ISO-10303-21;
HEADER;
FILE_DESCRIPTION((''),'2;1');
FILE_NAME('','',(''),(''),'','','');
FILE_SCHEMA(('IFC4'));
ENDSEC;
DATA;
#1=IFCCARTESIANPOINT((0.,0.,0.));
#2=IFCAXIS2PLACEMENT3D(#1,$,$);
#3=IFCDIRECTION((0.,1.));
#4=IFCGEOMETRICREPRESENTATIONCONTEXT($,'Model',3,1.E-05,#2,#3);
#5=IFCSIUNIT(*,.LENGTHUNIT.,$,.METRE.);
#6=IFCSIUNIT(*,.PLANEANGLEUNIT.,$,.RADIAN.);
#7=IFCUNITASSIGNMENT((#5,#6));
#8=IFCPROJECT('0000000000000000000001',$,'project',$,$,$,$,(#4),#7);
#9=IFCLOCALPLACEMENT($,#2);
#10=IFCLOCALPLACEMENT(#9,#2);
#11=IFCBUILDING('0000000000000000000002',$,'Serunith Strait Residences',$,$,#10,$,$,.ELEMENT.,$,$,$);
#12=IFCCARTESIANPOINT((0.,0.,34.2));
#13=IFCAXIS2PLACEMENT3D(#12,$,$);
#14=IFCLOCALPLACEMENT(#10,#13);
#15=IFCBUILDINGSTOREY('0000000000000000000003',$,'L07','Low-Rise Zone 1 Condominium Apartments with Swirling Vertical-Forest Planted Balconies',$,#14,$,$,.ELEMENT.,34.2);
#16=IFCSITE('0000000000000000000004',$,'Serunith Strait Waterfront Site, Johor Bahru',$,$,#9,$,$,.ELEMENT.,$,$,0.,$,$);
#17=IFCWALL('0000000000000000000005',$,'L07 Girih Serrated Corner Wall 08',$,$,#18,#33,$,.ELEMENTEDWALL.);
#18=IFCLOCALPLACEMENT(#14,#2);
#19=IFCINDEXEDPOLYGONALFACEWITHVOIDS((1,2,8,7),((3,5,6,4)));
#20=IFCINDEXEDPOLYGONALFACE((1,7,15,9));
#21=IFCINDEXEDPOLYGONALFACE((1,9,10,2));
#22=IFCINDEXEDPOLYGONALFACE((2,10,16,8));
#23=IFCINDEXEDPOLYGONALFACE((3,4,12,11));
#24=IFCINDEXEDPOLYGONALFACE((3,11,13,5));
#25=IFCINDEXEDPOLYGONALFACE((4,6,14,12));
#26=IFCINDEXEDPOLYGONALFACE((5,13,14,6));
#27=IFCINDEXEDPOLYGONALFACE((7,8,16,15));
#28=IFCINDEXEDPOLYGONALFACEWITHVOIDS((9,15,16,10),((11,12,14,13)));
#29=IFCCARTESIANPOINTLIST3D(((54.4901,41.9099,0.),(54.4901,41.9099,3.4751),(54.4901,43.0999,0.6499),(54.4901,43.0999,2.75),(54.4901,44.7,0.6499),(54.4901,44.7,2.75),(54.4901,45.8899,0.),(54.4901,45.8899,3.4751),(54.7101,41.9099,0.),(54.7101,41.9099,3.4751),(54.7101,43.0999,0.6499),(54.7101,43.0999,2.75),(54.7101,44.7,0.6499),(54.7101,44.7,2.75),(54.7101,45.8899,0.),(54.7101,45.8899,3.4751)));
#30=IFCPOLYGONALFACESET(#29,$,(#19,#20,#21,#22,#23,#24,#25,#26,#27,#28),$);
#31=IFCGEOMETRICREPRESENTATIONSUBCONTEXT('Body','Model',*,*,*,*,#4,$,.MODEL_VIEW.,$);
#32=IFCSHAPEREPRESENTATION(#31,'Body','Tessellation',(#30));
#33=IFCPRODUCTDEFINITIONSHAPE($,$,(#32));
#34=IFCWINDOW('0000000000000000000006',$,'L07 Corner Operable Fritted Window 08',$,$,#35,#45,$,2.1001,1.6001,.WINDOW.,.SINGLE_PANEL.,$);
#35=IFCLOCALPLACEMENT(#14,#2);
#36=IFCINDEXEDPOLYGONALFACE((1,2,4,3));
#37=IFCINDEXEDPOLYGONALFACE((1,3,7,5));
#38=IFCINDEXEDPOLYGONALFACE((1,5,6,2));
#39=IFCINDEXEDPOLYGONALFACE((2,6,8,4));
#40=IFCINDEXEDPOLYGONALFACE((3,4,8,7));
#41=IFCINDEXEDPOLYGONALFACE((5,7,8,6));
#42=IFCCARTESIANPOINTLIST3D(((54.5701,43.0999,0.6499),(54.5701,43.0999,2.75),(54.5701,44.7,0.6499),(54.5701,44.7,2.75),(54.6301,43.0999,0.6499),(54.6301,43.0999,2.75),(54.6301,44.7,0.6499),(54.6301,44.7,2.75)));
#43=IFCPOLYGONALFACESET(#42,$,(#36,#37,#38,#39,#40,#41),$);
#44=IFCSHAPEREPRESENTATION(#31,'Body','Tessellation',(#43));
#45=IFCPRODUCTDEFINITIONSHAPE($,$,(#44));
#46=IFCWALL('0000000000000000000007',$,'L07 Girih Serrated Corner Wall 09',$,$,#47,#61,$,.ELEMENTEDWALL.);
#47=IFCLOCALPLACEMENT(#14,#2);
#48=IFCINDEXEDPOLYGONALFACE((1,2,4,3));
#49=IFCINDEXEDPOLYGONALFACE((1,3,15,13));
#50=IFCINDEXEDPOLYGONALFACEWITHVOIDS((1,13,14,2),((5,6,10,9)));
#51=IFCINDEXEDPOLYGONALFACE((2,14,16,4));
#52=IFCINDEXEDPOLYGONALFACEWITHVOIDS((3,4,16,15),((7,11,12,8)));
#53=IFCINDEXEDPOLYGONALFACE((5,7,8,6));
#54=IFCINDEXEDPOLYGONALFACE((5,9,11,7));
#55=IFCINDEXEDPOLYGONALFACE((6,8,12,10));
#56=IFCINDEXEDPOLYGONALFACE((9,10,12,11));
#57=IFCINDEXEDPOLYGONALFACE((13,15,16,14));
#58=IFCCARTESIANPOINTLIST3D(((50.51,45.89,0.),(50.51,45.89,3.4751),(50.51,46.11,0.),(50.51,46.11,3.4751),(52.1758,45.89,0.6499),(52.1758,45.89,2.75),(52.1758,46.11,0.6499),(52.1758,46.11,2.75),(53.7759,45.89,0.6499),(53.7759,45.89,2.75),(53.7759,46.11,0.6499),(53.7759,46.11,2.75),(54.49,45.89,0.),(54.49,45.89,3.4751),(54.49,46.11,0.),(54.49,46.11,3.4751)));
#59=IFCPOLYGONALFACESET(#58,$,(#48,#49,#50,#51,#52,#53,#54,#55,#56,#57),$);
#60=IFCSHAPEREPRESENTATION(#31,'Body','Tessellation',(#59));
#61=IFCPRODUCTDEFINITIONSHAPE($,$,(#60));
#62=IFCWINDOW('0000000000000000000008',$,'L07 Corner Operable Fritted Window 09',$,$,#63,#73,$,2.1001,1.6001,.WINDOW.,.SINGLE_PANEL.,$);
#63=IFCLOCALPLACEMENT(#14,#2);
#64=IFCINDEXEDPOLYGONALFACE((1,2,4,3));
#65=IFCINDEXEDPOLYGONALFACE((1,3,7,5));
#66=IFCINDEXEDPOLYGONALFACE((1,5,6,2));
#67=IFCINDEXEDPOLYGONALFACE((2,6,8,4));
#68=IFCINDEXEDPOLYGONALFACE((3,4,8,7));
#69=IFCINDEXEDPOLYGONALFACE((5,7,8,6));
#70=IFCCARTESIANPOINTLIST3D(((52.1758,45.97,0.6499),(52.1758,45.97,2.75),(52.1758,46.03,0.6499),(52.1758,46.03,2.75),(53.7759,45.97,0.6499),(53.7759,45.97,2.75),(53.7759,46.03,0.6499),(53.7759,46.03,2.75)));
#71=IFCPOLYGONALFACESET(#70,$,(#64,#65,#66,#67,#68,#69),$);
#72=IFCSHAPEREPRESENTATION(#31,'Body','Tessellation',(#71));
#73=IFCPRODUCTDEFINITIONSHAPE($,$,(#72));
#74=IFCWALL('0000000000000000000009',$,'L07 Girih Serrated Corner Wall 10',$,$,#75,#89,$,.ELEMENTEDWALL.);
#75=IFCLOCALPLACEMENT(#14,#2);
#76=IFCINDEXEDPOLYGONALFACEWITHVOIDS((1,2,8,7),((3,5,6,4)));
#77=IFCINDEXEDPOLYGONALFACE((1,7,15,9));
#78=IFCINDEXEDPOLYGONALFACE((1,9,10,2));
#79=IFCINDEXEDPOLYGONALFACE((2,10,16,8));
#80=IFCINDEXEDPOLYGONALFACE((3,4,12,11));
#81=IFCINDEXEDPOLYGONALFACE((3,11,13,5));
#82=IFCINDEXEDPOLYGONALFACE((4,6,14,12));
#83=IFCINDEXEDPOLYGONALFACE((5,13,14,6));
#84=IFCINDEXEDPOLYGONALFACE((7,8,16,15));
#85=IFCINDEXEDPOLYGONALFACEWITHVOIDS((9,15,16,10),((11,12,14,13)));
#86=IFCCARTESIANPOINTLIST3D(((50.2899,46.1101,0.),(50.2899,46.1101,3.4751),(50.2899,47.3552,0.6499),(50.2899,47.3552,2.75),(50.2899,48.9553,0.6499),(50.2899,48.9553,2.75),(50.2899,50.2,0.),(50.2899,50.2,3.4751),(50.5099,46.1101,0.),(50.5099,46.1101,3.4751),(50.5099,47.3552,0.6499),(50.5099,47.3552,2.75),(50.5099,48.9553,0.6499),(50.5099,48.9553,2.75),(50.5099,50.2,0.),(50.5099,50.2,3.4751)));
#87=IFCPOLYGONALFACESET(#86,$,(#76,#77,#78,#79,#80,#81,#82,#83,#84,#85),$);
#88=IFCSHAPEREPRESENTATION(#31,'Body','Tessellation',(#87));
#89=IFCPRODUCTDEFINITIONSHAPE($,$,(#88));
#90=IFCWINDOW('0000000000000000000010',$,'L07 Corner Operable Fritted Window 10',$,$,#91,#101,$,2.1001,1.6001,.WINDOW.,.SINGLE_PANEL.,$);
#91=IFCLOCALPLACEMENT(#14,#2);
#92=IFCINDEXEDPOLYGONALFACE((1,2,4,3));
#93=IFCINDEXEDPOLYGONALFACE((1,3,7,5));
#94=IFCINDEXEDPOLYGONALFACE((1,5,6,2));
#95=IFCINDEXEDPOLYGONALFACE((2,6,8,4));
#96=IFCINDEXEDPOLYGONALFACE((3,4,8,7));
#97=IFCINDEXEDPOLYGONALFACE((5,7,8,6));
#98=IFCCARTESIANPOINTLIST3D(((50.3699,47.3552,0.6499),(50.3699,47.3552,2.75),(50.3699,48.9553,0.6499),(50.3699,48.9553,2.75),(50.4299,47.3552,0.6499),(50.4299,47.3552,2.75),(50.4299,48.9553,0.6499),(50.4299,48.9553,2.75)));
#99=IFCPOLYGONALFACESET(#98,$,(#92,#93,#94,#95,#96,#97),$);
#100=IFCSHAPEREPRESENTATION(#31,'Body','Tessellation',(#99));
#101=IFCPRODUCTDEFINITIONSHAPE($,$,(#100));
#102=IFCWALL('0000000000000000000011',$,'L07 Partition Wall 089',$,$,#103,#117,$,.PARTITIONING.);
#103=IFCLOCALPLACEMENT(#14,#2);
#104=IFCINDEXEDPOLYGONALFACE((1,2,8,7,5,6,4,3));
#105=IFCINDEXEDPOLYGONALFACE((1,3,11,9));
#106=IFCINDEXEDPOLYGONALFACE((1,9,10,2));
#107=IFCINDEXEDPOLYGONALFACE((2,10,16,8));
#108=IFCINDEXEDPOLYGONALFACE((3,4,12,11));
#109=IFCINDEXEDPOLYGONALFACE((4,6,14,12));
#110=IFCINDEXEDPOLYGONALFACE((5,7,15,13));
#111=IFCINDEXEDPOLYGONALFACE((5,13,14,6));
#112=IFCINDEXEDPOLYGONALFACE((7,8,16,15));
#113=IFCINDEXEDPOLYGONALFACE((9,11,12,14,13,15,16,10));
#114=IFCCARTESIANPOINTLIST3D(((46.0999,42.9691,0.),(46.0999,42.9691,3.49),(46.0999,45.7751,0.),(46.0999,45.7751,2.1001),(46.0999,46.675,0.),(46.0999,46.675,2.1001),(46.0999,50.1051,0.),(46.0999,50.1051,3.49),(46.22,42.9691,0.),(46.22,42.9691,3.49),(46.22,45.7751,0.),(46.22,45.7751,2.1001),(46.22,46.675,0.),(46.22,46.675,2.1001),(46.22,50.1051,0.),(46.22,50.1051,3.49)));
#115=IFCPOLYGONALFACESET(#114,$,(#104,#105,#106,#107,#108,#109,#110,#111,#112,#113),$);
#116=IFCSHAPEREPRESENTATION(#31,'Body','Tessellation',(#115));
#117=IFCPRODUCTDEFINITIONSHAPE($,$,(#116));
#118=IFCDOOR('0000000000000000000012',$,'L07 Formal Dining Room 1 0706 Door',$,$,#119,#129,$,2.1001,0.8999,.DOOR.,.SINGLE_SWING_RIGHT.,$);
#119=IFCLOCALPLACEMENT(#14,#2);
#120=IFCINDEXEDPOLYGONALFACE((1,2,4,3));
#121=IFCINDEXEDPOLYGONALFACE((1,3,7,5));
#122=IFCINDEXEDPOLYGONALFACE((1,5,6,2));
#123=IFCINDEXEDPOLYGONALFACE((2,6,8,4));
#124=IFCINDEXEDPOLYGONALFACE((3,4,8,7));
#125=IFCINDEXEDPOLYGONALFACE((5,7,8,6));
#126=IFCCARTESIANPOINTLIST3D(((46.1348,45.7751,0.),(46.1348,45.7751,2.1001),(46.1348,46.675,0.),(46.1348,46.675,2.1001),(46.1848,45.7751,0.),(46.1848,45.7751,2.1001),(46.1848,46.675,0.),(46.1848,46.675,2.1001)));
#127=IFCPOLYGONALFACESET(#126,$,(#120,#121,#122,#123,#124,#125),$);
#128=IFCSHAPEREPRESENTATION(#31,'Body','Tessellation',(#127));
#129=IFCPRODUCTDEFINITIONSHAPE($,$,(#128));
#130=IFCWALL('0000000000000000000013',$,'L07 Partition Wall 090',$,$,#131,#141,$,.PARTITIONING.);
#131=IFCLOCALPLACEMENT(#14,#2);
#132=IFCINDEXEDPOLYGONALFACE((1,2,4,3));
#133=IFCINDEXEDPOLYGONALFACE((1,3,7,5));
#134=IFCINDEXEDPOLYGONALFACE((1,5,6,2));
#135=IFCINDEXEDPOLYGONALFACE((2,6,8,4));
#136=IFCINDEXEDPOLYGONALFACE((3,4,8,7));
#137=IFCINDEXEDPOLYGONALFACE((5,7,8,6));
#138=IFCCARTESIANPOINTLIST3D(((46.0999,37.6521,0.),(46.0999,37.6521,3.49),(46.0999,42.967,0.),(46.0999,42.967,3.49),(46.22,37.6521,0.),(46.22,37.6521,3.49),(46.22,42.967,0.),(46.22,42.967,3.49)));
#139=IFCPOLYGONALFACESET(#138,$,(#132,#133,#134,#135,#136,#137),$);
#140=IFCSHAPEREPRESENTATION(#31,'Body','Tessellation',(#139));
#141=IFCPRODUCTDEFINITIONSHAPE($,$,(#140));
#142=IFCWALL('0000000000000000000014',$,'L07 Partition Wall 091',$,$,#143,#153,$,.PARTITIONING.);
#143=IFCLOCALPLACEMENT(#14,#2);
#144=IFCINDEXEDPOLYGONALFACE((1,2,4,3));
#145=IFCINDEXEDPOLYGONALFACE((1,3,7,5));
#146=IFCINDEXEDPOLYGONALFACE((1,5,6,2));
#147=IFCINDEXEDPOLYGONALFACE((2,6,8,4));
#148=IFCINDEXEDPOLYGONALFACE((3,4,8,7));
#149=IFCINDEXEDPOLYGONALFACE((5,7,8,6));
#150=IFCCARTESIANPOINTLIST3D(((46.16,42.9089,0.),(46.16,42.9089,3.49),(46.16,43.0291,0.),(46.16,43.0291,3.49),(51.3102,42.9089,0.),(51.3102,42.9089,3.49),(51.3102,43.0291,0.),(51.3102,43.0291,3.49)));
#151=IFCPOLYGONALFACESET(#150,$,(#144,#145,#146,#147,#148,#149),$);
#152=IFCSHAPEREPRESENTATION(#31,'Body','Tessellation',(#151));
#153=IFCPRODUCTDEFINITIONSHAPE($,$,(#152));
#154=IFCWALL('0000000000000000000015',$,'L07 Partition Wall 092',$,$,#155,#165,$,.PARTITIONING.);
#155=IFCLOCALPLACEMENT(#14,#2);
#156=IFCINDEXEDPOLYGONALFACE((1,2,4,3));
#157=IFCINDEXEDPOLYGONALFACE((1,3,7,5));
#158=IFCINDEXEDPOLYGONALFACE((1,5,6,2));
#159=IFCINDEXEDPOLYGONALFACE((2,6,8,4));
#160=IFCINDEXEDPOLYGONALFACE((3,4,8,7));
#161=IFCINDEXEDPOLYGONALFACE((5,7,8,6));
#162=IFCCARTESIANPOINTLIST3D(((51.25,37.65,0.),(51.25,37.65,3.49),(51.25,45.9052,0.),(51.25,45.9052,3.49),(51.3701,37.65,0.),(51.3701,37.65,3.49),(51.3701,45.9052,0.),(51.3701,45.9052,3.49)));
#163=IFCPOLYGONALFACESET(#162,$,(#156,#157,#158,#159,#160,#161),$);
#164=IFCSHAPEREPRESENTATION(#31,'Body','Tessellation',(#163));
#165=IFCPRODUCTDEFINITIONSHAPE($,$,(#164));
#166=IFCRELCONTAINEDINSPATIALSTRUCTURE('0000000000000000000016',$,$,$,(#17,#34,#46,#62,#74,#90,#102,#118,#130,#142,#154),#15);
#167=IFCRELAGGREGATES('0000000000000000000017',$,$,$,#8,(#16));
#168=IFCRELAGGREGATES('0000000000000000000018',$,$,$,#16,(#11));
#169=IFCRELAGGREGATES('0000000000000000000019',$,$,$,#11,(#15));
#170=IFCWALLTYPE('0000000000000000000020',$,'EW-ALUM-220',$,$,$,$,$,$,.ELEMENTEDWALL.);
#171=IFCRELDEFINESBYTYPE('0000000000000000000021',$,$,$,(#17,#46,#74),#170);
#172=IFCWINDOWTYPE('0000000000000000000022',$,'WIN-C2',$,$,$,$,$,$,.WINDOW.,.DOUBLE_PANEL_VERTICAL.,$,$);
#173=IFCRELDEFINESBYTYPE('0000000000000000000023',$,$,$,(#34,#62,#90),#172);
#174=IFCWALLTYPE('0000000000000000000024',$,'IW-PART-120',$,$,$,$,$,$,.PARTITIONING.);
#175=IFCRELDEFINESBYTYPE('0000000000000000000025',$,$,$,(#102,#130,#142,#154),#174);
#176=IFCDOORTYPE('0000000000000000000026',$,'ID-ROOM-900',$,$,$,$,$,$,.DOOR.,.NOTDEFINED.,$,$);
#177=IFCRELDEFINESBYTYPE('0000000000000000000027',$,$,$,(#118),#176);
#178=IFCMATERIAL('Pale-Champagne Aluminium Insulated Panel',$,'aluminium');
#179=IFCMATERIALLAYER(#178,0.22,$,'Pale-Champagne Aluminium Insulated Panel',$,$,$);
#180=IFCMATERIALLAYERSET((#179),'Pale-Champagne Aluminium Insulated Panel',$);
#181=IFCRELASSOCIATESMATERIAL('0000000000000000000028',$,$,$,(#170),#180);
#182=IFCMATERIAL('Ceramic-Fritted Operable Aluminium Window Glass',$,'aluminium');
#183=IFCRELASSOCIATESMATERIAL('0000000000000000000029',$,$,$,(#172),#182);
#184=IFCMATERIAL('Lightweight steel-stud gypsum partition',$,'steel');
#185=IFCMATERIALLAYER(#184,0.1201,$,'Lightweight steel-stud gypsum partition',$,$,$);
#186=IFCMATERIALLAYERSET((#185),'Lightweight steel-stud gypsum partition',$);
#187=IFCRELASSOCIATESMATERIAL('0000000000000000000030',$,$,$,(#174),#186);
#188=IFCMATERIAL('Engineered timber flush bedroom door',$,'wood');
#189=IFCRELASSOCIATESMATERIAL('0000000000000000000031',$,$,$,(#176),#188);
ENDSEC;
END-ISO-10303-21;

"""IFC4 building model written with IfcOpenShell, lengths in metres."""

from ifc_helpers import new_model, si_unit, direction, frame, frame_2d, origin, place, context, subcontext, project, spatial, rectangle, extrude, source, transform, mapped, material, layer, layer_set, type_object, element, fill, save


model = new_model("IFC4")

# Units and contexts
model_context = context("Model", 3, precision=1e-05, world=origin(), true_north=direction((0.0, 1.0)))
body_context = subcontext(model_context, "Body", "Model", "MODEL_VIEW")
ifc_project = project(units=[si_unit("LENGTHUNIT", "METRE"), si_unit("PLANEANGLEUNIT", "RADIAN")], contexts=[model_context])

# Site, building, storey
site_placement = place(None, origin())
site = spatial("IfcSite", under=ifc_project, at=site_placement, Name="Serunith Strait Waterfront Site, Johor Bahru", CompositionType="ELEMENT", RefElevation=0.0)
building_placement = place(site_placement, origin())
building = spatial("IfcBuilding", under=site, at=building_placement, Name="Serunith Strait Residences", CompositionType="ELEMENT")
storey_placement = place(building_placement, frame((0.0, 0.0, 34.2)))
storey = spatial("IfcBuildingStorey", under=building, at=storey_placement, Name="L07", Description="Low-Rise Zone 1 Condominium Apartments with Swirling Vertical-Forest Planted Balconies", CompositionType="ELEMENT", Elevation=34.2)

# Walls, openings, windows
ifc_material_1 = material(Name="Pale-Champagne Aluminium Insulated Panel", Category="aluminium")
ifc_layer_1 = layer(ifc_material_1, 0.22, Name="Pale-Champagne Aluminium Insulated Panel")
ifc_layer_set_1 = layer_set([ifc_layer_1], Name="Pale-Champagne Aluminium Insulated Panel")
wall_type_1 = type_object("IfcWallType", Name="EW-ALUM-220", PredefinedType="ELEMENTEDWALL", material=ifc_layer_set_1)
ifc_material_2 = material(Name="Ceramic-Fritted Operable Aluminium Window Glass", Category="aluminium")
window_type = type_object("IfcWindowType", Name="WIN-C2", PartitioningType="DOUBLE_PANEL_VERTICAL", PredefinedType="WINDOW", material=ifc_material_2)
shared_shape_1 = source(origin(), body_context, "Body", "SweptSolid", [
    extrude(rectangle(XDim=1.6001, YDim=2.1001, at=frame_2d((0.8, 1.05))), frame((0.0, 0.03, 0.0), z_axis=(0.0, -1.0, 0.0), x_axis=(1.0, 0.0, 0.0)), (0.0, 0.0, 1.0), 0.0601),
])
wall_1_placement = place(storey_placement, frame((54.6001, 41.9099, 0.0), z_axis=(0.0, 0.0, 1.0), x_axis=(0.0, 1.0, 0.0)))
wall_1 = element("IfcWall", 1, at=wall_1_placement, inside=storey, type_object=wall_type_1, Name="L07 Girih Serrated Corner Wall 08", PredefinedType="ELEMENTEDWALL", context=body_context, shape_type="SweptSolid", body=[
    extrude(rectangle(XDim=3.98, YDim=0.22, at=frame_2d((1.99, 0.0))), origin(), (0.0, 0.0, 1.0), 3.4751),
])
opening_1_placement = place(wall_1_placement, frame((1.1899, 0.0, 0.6499)))
opening_1 = element("IfcOpeningElement", 2, at=opening_1_placement, cuts=wall_1, PredefinedType="OPENING", context=body_context, shape_type="SweptSolid", body=[
    extrude(rectangle(XDim=1.6001, YDim=2.1001, at=frame_2d((0.8, 1.05))), frame((0.0, 0.1201, 0.0), z_axis=(0.0, -1.0, 0.0), x_axis=(1.0, 0.0, 0.0)), (0.0, 0.0, 1.0), 0.24),
])
window_1_placement = place(opening_1_placement, origin())
window_1 = element("IfcWindow", 3, at=window_1_placement, inside=storey, type_object=window_type, Name="L07 Corner Operable Fritted Window 08", OverallHeight=2.1001, OverallWidth=1.6001, PartitioningType="SINGLE_PANEL", PredefinedType="WINDOW", context=body_context, shape_type="MappedRepresentation", body=[
    mapped(shared_shape_1, transform((0.0, 0.0, 0.0), scale=1.0)),
])
fill(opening_1, window_1)
wall_2_placement = place(storey_placement, frame((54.49, 46.0, 0.0), z_axis=(0.0, 0.0, 1.0), x_axis=(-1.0, 0.0, 0.0)))
wall_2 = element("IfcWall", 4, at=wall_2_placement, inside=storey, type_object=wall_type_1, Name="L07 Girih Serrated Corner Wall 09", PredefinedType="ELEMENTEDWALL", context=body_context, shape_type="SweptSolid", body=[
    extrude(rectangle(XDim=3.98, YDim=0.22, at=frame_2d((1.99, 0.0))), origin(), (0.0, 0.0, 1.0), 3.4751),
])
opening_2_placement = place(wall_2_placement, frame((0.7141, 0.0, 0.6499)))
opening_2 = element("IfcOpeningElement", 5, at=opening_2_placement, cuts=wall_2, PredefinedType="OPENING", context=body_context, shape_type="SweptSolid", body=[
    extrude(rectangle(XDim=1.6001, YDim=2.1001, at=frame_2d((0.8, 1.05))), frame((0.0, 0.1201, 0.0), z_axis=(0.0, -1.0, 0.0), x_axis=(1.0, 0.0, 0.0)), (0.0, 0.0, 1.0), 0.24),
])
window_2_placement = place(opening_2_placement, origin())
window_2 = element("IfcWindow", 6, at=window_2_placement, inside=storey, type_object=window_type, Name="L07 Corner Operable Fritted Window 09", OverallHeight=2.1001, OverallWidth=1.6001, PartitioningType="SINGLE_PANEL", PredefinedType="WINDOW", context=body_context, shape_type="MappedRepresentation", body=[
    mapped(shared_shape_1, transform((0.0, 0.0, 0.0), scale=1.0)),
])
fill(opening_2, window_2)
wall_3_placement = place(storey_placement, frame((50.3999, 46.1101, 0.0), z_axis=(0.0, 0.0, 1.0), x_axis=(0.0, 1.0, 0.0)))
wall_3 = element("IfcWall", 7, at=wall_3_placement, inside=storey, type_object=wall_type_1, Name="L07 Girih Serrated Corner Wall 10", PredefinedType="ELEMENTEDWALL", context=body_context, shape_type="SweptSolid", body=[
    extrude(rectangle(XDim=4.0898, YDim=0.22, at=frame_2d((2.0449, 0.0))), origin(), (0.0, 0.0, 1.0), 3.4751),
])
opening_3_placement = place(wall_3_placement, frame((1.2451, 0.0, 0.6499)))
opening_3 = element("IfcOpeningElement", 8, at=opening_3_placement, cuts=wall_3, PredefinedType="OPENING", context=body_context, shape_type="SweptSolid", body=[
    extrude(rectangle(XDim=1.6001, YDim=2.1001, at=frame_2d((0.8, 1.05))), frame((0.0, 0.1201, 0.0), z_axis=(0.0, -1.0, 0.0), x_axis=(1.0, 0.0, 0.0)), (0.0, 0.0, 1.0), 0.24),
])
window_3_placement = place(opening_3_placement, origin())
window_3 = element("IfcWindow", 9, at=window_3_placement, inside=storey, type_object=window_type, Name="L07 Corner Operable Fritted Window 10", OverallHeight=2.1001, OverallWidth=1.6001, PartitioningType="SINGLE_PANEL", PredefinedType="WINDOW", context=body_context, shape_type="MappedRepresentation", body=[
    mapped(shared_shape_1, transform((0.0, 0.0, 0.0), scale=1.0)),
])
fill(opening_3, window_3)

# Wall, opening, door
ifc_material_3 = material(Name="Lightweight steel-stud gypsum partition", Category="steel")
ifc_layer_2 = layer(ifc_material_3, 0.1201, Name="Lightweight steel-stud gypsum partition")
ifc_layer_set_2 = layer_set([ifc_layer_2], Name="Lightweight steel-stud gypsum partition")
wall_type_2 = type_object("IfcWallType", Name="IW-PART-120", PredefinedType="PARTITIONING", material=ifc_layer_set_2)
wall_4_placement = place(storey_placement, frame((46.1599, 50.105, 0.0), z_axis=(0.0, 0.0, 1.0), x_axis=(0.0, -1.0, 0.0)))
wall_4 = element("IfcWall", 10, at=wall_4_placement, inside=storey, type_object=wall_type_2, Name="L07 Partition Wall 089", PredefinedType="PARTITIONING", context=body_context, shape_type="SweptSolid", body=[
    extrude(rectangle(XDim=7.136, YDim=0.1201, at=frame_2d((3.5679, 0.0))), origin(), (0.0, 0.0, 1.0), 3.49),
])
opening_4_placement = place(wall_4_placement, frame((3.4299, 0.0, 0.0)))
opening_4 = element("IfcOpeningElement", 11, at=opening_4_placement, cuts=wall_4, PredefinedType="OPENING", context=body_context, shape_type="SweptSolid", body=[
    extrude(rectangle(XDim=0.8999, YDim=2.1001, at=frame_2d((0.45, 1.05))), frame((0.0, 0.0701, 0.0), z_axis=(0.0, -1.0, 0.0), x_axis=(1.0, 0.0, 0.0)), (0.0, 0.0, 1.0), 0.1401),
])
ifc_material_4 = material(Name="Engineered timber flush bedroom door", Category="wood")
door_type_1 = type_object("IfcDoorType", Name="ID-ROOM-900", OperationType="NOTDEFINED", PredefinedType="DOOR", material=ifc_material_4)
shared_shape_2 = source(origin(), body_context, "Body", "SweptSolid", [
    extrude(rectangle(XDim=0.8999, YDim=2.1001, at=frame_2d((0.45, 1.05))), frame((0.0, 0.0249, 0.0), z_axis=(0.0, -1.0, 0.0), x_axis=(1.0, 0.0, 0.0)), (0.0, 0.0, 1.0), 0.05),
])
door_1_placement = place(opening_4_placement, origin())
door_1 = element("IfcDoor", 12, at=door_1_placement, inside=storey, type_object=door_type_1, Name="L07 Formal Dining Room 1 0706 Door", OperationType="SINGLE_SWING_RIGHT", OverallHeight=2.1001, OverallWidth=0.8999, PredefinedType="DOOR", context=body_context, shape_type="MappedRepresentation", body=[
    mapped(shared_shape_2, transform((0.0, 0.0, 0.0), scale=1.0)),
])
fill(opening_4, door_1)

# Walls
wall_5_placement = place(storey_placement, frame((46.1599, 42.967, 0.0), z_axis=(0.0, 0.0, 1.0), x_axis=(0.0, -1.0, 0.0)))
element("IfcWall", 13, at=wall_5_placement, inside=storey, type_object=wall_type_2, Name="L07 Partition Wall 090", PredefinedType="PARTITIONING", context=body_context, shape_type="SweptSolid", body=[
    extrude(rectangle(XDim=5.3149, YDim=0.1201, at=frame_2d((2.6575, 0.0))), origin(), (0.0, 0.0, 1.0), 3.49),
])
wall_6_placement = place(storey_placement, frame((46.1599, 42.969, 0.0), z_axis=(0.0, 0.0, 1.0), x_axis=(1.0, 0.0, 0.0)))
element("IfcWall", 14, at=wall_6_placement, inside=storey, type_object=wall_type_2, Name="L07 Partition Wall 091", PredefinedType="PARTITIONING", context=body_context, shape_type="SweptSolid", body=[
    extrude(rectangle(XDim=5.1501, YDim=0.1201, at=frame_2d((2.5752, 0.0))), origin(), (0.0, 0.0, 1.0), 3.49),
])
wall_7_placement = place(storey_placement, frame((51.3101, 45.905, 0.0), z_axis=(0.0, 0.0, 1.0), x_axis=(0.0, -1.0, 0.0)))
element("IfcWall", 15, at=wall_7_placement, inside=storey, type_object=wall_type_2, Name="L07 Partition Wall 092", PredefinedType="PARTITIONING", context=body_context, shape_type="SweptSolid", body=[
    extrude(rectangle(XDim=8.2551, YDim=0.1201, at=frame_2d((4.1274, 0.0))), origin(), (0.0, 0.0, 1.0), 3.49),
])

save(model, "model.ifc")
